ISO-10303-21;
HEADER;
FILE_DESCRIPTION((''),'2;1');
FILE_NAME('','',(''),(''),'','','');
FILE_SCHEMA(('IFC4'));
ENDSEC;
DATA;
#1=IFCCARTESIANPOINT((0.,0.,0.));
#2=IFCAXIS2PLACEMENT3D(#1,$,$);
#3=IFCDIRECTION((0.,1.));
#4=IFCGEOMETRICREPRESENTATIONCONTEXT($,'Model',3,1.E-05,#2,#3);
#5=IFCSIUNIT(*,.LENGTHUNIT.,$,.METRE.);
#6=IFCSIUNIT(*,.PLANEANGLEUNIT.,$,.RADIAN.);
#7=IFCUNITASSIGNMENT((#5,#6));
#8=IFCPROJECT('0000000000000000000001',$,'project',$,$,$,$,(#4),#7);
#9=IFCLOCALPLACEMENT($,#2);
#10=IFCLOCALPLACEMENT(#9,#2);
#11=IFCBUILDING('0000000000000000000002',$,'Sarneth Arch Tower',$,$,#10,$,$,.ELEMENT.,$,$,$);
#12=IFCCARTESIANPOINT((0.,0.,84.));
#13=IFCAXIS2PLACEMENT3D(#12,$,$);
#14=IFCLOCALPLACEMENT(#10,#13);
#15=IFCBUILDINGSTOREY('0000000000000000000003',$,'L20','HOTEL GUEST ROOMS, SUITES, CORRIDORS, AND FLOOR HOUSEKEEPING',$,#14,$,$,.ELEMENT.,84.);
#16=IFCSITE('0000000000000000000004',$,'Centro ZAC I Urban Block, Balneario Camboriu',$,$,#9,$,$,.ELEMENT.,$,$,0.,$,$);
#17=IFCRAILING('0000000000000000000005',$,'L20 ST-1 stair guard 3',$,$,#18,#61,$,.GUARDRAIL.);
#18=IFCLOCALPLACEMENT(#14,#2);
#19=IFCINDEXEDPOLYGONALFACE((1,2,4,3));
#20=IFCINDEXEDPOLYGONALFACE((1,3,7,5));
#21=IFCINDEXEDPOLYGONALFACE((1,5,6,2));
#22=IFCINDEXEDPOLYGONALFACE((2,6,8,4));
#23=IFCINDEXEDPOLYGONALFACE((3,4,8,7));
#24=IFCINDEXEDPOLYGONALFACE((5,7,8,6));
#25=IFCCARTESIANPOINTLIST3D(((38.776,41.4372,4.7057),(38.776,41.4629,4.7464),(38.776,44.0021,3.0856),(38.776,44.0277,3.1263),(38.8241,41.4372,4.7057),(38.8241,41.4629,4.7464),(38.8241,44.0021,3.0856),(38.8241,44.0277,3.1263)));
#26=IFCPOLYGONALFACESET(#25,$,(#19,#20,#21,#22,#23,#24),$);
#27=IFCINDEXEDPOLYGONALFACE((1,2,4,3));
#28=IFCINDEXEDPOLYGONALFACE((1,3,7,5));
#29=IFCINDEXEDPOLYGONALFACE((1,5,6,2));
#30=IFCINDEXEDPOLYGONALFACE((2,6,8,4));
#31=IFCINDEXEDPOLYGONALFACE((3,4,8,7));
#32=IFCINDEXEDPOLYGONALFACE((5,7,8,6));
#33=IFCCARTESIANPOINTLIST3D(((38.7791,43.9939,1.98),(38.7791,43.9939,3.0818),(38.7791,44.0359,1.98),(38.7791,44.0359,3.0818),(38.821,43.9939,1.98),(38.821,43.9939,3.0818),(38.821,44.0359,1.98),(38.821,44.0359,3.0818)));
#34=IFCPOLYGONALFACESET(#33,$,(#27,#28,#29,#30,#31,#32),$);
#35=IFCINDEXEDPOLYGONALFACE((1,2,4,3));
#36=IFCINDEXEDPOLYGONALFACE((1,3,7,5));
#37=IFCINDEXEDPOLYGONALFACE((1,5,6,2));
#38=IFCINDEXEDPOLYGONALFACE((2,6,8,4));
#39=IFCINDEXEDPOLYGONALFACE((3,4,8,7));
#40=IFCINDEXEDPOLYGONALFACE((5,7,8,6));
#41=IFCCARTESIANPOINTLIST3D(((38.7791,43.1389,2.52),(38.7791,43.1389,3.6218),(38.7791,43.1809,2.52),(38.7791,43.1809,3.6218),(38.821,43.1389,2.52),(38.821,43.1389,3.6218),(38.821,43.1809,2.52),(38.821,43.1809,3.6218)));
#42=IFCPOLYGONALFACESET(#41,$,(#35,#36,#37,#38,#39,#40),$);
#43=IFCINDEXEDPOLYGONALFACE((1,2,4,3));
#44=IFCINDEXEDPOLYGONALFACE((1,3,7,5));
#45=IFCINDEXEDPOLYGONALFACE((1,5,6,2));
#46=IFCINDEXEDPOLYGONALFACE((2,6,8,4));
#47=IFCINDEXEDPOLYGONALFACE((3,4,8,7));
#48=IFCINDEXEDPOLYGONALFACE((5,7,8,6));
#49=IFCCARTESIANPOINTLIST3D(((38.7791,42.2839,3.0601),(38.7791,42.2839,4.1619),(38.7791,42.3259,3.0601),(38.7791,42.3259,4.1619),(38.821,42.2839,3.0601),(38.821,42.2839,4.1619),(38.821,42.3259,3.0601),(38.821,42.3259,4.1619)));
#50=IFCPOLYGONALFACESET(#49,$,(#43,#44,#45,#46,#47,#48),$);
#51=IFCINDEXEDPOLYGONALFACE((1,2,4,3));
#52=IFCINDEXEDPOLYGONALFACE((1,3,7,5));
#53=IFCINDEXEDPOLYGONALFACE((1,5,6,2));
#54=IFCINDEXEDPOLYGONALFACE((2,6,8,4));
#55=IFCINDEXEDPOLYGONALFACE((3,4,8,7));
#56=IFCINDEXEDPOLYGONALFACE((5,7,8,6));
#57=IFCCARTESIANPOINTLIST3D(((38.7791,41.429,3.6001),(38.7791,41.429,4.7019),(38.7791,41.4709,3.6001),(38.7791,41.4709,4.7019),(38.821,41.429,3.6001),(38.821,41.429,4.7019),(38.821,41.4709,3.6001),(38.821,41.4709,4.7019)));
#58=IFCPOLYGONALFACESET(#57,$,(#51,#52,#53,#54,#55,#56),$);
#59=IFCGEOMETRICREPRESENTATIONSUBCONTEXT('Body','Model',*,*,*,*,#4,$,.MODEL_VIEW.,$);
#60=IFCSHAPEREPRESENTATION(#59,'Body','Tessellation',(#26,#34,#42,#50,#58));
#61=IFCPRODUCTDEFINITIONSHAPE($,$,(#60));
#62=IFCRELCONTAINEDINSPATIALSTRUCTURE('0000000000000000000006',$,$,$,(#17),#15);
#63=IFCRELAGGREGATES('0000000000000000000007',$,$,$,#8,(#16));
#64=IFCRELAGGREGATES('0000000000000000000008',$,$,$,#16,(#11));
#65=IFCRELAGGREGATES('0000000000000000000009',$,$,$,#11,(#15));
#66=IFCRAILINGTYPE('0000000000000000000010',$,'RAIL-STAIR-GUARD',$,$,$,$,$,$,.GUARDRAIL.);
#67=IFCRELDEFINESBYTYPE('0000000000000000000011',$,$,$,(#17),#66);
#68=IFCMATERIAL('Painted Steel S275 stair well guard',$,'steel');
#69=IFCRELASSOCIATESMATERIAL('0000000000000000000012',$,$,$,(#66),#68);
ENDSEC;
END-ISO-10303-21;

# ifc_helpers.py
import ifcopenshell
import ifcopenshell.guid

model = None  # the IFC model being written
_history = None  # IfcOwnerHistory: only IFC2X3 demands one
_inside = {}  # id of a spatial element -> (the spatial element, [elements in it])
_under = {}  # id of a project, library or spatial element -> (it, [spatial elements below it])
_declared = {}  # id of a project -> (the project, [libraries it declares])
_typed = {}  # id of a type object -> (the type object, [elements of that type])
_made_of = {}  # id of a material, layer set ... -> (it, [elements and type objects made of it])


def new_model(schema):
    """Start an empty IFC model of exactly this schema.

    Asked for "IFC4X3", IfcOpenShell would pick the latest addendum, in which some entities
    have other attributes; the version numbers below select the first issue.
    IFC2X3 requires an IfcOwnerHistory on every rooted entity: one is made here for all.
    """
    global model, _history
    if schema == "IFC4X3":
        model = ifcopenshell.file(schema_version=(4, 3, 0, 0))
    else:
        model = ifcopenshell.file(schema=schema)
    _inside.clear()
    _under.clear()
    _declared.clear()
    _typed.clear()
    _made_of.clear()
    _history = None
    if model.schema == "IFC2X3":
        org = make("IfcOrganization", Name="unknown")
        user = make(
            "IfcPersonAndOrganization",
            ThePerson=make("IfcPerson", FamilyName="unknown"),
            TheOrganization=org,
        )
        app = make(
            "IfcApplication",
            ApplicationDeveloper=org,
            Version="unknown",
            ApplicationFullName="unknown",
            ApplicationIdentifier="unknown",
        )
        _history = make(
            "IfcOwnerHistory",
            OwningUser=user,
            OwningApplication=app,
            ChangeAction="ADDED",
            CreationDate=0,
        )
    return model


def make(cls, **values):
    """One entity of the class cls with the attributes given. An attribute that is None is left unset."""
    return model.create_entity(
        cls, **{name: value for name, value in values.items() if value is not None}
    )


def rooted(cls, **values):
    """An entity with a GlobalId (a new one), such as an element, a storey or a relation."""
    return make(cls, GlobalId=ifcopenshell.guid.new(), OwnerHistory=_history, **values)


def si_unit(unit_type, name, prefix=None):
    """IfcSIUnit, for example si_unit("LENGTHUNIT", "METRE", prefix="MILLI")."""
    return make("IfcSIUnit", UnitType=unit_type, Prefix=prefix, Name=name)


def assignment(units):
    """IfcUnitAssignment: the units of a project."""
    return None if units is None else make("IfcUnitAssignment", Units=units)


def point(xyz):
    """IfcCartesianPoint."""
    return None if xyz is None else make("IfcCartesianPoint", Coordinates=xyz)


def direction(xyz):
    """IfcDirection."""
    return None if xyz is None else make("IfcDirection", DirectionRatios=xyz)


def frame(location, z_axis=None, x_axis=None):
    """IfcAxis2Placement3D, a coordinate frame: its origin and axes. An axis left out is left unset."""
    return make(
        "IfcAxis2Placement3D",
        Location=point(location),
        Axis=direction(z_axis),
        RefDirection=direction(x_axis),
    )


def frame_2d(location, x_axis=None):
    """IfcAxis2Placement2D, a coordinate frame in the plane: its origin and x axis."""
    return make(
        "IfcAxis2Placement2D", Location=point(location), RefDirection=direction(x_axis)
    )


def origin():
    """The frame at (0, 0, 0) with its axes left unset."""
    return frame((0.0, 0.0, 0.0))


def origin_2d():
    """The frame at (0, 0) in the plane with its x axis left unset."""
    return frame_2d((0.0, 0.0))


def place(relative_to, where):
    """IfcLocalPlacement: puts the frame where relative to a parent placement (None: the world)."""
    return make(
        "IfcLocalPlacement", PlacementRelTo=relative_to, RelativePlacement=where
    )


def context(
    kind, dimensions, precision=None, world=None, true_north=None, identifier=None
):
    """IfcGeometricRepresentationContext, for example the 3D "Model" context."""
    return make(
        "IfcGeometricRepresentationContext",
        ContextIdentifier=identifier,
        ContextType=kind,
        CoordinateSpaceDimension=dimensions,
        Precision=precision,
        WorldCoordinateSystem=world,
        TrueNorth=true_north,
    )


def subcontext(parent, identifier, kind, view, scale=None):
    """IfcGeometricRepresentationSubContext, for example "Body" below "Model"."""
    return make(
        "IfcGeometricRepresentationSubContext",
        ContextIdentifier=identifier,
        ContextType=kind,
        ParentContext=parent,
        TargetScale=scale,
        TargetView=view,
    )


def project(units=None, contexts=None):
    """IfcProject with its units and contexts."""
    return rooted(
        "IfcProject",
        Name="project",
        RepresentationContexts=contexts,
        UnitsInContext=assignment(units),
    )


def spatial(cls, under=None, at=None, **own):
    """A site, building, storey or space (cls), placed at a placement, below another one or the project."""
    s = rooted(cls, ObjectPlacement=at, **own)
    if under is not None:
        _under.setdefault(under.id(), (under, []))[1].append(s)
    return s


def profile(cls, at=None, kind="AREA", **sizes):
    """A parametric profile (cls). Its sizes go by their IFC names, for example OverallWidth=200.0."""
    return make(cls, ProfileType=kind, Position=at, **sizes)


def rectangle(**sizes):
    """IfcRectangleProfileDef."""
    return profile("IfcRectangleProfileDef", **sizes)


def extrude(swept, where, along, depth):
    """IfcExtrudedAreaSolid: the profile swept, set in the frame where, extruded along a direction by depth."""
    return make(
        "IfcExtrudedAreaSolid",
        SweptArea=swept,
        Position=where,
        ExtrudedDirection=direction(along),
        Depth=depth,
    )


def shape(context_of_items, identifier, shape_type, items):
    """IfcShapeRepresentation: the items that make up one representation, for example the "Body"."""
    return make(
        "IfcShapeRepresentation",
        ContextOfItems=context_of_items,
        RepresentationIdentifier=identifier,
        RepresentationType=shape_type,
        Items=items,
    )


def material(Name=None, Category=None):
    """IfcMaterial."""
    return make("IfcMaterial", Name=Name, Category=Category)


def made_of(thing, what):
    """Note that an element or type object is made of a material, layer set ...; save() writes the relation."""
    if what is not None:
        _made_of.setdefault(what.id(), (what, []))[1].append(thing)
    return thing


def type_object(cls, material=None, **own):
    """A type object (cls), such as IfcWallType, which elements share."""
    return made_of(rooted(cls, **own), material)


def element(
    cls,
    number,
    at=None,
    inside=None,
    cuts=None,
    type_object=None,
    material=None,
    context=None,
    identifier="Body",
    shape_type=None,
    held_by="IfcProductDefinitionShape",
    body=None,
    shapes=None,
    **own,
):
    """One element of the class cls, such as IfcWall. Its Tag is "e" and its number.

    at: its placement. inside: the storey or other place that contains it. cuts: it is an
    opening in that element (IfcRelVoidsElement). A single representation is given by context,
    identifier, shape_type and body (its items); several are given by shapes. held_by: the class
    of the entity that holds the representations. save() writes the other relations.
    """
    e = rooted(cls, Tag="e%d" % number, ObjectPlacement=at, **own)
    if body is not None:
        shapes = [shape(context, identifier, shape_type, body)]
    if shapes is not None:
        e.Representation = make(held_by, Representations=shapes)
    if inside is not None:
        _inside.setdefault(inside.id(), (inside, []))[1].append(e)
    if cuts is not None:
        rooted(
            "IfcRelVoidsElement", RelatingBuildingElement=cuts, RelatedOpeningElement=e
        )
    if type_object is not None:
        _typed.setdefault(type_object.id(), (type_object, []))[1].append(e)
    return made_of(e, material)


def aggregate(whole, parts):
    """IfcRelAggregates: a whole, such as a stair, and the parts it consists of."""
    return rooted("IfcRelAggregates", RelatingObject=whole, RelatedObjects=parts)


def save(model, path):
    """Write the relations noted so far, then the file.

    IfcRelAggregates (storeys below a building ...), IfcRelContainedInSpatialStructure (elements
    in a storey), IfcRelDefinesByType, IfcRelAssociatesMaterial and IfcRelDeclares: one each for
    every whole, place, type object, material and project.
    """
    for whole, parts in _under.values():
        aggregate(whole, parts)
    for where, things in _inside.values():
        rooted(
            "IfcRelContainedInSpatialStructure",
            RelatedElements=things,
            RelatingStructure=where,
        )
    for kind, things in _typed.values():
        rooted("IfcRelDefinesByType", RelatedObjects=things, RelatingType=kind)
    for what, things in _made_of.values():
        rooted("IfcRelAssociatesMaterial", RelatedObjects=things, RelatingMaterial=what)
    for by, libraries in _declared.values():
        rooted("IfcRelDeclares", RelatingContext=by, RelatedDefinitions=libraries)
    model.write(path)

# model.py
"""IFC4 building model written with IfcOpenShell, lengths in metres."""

from ifc_helpers import new_model, si_unit, direction, frame, origin, origin_2d, place, context, subcontext, project, spatial, rectangle, extrude, material, type_object, element, save


model = new_model("IFC4")

# Units and contexts
model_context = context("Model", 3, precision=1e-05, world=origin(), true_north=direction((0.0, 1.0)))
body_context = subcontext(model_context, "Body", "Model", "MODEL_VIEW")
ifc_project = project(units=[si_unit("LENGTHUNIT", "METRE"), si_unit("PLANEANGLEUNIT", "RADIAN")], contexts=[model_context])

# Site, building, storey
site_placement = place(None, origin())
site = spatial("IfcSite", under=ifc_project, at=site_placement, Name="Centro ZAC I Urban Block, Balneario Camboriu", CompositionType="ELEMENT", RefElevation=0.0)
building_placement = place(site_placement, origin())
building = spatial("IfcBuilding", under=site, at=building_placement, Name="Sarneth Arch Tower", CompositionType="ELEMENT")
storey_placement = place(building_placement, frame((0.0, 0.0, 84.0)))
storey = spatial("IfcBuildingStorey", under=building, at=storey_placement, Name="L20", Description="HOTEL GUEST ROOMS, SUITES, CORRIDORS, AND FLOOR HOUSEKEEPING", CompositionType="ELEMENT", Elevation=84.0)

# Railing
ifc_material_1 = material(Name="Painted Steel S275 stair well guard", Category="steel")
railing_type_1 = type_object("IfcRailingType", Name="RAIL-STAIR-GUARD", PredefinedType="GUARDRAIL", material=ifc_material_1)
railing_1_placement = place(storey_placement, frame((38.8, 44.0149, 1.98)))
element("IfcRailing", 1, at=railing_1_placement, inside=storey, type_object=railing_type_1, Name="L20 ST-1 stair guard 3", PredefinedType="GUARDRAIL", context=body_context, shape_type="SweptSolid", body=[
    extrude(rectangle(XDim=0.0481, YDim=0.0481, at=origin_2d()), frame((0.0, 0.0, 1.126), z_axis=(0.0, -0.845466, 0.534029), x_axis=(1.0, 0.0, 0.0)), (0.0, 0.0, 1.0), 3.0337),
    extrude(rectangle(XDim=0.042, YDim=0.042, at=origin_2d()), origin(), (0.0, 0.0, 1.0), 1.1018),
    extrude(rectangle(XDim=0.042, YDim=0.042, at=origin_2d()), frame((0.0, -0.855, 0.54)), (0.0, 0.0, 1.0), 1.1018),
    extrude(rectangle(XDim=0.042, YDim=0.042, at=origin_2d()), frame((0.0, -1.71, 1.0801)), (0.0, 0.0, 1.0), 1.1018),
    extrude(rectangle(XDim=0.042, YDim=0.042, at=origin_2d()), frame((0.0, -2.5649, 1.6201)), (0.0, 0.0, 1.0), 1.1018),
])

save(model, "model.ifc")
